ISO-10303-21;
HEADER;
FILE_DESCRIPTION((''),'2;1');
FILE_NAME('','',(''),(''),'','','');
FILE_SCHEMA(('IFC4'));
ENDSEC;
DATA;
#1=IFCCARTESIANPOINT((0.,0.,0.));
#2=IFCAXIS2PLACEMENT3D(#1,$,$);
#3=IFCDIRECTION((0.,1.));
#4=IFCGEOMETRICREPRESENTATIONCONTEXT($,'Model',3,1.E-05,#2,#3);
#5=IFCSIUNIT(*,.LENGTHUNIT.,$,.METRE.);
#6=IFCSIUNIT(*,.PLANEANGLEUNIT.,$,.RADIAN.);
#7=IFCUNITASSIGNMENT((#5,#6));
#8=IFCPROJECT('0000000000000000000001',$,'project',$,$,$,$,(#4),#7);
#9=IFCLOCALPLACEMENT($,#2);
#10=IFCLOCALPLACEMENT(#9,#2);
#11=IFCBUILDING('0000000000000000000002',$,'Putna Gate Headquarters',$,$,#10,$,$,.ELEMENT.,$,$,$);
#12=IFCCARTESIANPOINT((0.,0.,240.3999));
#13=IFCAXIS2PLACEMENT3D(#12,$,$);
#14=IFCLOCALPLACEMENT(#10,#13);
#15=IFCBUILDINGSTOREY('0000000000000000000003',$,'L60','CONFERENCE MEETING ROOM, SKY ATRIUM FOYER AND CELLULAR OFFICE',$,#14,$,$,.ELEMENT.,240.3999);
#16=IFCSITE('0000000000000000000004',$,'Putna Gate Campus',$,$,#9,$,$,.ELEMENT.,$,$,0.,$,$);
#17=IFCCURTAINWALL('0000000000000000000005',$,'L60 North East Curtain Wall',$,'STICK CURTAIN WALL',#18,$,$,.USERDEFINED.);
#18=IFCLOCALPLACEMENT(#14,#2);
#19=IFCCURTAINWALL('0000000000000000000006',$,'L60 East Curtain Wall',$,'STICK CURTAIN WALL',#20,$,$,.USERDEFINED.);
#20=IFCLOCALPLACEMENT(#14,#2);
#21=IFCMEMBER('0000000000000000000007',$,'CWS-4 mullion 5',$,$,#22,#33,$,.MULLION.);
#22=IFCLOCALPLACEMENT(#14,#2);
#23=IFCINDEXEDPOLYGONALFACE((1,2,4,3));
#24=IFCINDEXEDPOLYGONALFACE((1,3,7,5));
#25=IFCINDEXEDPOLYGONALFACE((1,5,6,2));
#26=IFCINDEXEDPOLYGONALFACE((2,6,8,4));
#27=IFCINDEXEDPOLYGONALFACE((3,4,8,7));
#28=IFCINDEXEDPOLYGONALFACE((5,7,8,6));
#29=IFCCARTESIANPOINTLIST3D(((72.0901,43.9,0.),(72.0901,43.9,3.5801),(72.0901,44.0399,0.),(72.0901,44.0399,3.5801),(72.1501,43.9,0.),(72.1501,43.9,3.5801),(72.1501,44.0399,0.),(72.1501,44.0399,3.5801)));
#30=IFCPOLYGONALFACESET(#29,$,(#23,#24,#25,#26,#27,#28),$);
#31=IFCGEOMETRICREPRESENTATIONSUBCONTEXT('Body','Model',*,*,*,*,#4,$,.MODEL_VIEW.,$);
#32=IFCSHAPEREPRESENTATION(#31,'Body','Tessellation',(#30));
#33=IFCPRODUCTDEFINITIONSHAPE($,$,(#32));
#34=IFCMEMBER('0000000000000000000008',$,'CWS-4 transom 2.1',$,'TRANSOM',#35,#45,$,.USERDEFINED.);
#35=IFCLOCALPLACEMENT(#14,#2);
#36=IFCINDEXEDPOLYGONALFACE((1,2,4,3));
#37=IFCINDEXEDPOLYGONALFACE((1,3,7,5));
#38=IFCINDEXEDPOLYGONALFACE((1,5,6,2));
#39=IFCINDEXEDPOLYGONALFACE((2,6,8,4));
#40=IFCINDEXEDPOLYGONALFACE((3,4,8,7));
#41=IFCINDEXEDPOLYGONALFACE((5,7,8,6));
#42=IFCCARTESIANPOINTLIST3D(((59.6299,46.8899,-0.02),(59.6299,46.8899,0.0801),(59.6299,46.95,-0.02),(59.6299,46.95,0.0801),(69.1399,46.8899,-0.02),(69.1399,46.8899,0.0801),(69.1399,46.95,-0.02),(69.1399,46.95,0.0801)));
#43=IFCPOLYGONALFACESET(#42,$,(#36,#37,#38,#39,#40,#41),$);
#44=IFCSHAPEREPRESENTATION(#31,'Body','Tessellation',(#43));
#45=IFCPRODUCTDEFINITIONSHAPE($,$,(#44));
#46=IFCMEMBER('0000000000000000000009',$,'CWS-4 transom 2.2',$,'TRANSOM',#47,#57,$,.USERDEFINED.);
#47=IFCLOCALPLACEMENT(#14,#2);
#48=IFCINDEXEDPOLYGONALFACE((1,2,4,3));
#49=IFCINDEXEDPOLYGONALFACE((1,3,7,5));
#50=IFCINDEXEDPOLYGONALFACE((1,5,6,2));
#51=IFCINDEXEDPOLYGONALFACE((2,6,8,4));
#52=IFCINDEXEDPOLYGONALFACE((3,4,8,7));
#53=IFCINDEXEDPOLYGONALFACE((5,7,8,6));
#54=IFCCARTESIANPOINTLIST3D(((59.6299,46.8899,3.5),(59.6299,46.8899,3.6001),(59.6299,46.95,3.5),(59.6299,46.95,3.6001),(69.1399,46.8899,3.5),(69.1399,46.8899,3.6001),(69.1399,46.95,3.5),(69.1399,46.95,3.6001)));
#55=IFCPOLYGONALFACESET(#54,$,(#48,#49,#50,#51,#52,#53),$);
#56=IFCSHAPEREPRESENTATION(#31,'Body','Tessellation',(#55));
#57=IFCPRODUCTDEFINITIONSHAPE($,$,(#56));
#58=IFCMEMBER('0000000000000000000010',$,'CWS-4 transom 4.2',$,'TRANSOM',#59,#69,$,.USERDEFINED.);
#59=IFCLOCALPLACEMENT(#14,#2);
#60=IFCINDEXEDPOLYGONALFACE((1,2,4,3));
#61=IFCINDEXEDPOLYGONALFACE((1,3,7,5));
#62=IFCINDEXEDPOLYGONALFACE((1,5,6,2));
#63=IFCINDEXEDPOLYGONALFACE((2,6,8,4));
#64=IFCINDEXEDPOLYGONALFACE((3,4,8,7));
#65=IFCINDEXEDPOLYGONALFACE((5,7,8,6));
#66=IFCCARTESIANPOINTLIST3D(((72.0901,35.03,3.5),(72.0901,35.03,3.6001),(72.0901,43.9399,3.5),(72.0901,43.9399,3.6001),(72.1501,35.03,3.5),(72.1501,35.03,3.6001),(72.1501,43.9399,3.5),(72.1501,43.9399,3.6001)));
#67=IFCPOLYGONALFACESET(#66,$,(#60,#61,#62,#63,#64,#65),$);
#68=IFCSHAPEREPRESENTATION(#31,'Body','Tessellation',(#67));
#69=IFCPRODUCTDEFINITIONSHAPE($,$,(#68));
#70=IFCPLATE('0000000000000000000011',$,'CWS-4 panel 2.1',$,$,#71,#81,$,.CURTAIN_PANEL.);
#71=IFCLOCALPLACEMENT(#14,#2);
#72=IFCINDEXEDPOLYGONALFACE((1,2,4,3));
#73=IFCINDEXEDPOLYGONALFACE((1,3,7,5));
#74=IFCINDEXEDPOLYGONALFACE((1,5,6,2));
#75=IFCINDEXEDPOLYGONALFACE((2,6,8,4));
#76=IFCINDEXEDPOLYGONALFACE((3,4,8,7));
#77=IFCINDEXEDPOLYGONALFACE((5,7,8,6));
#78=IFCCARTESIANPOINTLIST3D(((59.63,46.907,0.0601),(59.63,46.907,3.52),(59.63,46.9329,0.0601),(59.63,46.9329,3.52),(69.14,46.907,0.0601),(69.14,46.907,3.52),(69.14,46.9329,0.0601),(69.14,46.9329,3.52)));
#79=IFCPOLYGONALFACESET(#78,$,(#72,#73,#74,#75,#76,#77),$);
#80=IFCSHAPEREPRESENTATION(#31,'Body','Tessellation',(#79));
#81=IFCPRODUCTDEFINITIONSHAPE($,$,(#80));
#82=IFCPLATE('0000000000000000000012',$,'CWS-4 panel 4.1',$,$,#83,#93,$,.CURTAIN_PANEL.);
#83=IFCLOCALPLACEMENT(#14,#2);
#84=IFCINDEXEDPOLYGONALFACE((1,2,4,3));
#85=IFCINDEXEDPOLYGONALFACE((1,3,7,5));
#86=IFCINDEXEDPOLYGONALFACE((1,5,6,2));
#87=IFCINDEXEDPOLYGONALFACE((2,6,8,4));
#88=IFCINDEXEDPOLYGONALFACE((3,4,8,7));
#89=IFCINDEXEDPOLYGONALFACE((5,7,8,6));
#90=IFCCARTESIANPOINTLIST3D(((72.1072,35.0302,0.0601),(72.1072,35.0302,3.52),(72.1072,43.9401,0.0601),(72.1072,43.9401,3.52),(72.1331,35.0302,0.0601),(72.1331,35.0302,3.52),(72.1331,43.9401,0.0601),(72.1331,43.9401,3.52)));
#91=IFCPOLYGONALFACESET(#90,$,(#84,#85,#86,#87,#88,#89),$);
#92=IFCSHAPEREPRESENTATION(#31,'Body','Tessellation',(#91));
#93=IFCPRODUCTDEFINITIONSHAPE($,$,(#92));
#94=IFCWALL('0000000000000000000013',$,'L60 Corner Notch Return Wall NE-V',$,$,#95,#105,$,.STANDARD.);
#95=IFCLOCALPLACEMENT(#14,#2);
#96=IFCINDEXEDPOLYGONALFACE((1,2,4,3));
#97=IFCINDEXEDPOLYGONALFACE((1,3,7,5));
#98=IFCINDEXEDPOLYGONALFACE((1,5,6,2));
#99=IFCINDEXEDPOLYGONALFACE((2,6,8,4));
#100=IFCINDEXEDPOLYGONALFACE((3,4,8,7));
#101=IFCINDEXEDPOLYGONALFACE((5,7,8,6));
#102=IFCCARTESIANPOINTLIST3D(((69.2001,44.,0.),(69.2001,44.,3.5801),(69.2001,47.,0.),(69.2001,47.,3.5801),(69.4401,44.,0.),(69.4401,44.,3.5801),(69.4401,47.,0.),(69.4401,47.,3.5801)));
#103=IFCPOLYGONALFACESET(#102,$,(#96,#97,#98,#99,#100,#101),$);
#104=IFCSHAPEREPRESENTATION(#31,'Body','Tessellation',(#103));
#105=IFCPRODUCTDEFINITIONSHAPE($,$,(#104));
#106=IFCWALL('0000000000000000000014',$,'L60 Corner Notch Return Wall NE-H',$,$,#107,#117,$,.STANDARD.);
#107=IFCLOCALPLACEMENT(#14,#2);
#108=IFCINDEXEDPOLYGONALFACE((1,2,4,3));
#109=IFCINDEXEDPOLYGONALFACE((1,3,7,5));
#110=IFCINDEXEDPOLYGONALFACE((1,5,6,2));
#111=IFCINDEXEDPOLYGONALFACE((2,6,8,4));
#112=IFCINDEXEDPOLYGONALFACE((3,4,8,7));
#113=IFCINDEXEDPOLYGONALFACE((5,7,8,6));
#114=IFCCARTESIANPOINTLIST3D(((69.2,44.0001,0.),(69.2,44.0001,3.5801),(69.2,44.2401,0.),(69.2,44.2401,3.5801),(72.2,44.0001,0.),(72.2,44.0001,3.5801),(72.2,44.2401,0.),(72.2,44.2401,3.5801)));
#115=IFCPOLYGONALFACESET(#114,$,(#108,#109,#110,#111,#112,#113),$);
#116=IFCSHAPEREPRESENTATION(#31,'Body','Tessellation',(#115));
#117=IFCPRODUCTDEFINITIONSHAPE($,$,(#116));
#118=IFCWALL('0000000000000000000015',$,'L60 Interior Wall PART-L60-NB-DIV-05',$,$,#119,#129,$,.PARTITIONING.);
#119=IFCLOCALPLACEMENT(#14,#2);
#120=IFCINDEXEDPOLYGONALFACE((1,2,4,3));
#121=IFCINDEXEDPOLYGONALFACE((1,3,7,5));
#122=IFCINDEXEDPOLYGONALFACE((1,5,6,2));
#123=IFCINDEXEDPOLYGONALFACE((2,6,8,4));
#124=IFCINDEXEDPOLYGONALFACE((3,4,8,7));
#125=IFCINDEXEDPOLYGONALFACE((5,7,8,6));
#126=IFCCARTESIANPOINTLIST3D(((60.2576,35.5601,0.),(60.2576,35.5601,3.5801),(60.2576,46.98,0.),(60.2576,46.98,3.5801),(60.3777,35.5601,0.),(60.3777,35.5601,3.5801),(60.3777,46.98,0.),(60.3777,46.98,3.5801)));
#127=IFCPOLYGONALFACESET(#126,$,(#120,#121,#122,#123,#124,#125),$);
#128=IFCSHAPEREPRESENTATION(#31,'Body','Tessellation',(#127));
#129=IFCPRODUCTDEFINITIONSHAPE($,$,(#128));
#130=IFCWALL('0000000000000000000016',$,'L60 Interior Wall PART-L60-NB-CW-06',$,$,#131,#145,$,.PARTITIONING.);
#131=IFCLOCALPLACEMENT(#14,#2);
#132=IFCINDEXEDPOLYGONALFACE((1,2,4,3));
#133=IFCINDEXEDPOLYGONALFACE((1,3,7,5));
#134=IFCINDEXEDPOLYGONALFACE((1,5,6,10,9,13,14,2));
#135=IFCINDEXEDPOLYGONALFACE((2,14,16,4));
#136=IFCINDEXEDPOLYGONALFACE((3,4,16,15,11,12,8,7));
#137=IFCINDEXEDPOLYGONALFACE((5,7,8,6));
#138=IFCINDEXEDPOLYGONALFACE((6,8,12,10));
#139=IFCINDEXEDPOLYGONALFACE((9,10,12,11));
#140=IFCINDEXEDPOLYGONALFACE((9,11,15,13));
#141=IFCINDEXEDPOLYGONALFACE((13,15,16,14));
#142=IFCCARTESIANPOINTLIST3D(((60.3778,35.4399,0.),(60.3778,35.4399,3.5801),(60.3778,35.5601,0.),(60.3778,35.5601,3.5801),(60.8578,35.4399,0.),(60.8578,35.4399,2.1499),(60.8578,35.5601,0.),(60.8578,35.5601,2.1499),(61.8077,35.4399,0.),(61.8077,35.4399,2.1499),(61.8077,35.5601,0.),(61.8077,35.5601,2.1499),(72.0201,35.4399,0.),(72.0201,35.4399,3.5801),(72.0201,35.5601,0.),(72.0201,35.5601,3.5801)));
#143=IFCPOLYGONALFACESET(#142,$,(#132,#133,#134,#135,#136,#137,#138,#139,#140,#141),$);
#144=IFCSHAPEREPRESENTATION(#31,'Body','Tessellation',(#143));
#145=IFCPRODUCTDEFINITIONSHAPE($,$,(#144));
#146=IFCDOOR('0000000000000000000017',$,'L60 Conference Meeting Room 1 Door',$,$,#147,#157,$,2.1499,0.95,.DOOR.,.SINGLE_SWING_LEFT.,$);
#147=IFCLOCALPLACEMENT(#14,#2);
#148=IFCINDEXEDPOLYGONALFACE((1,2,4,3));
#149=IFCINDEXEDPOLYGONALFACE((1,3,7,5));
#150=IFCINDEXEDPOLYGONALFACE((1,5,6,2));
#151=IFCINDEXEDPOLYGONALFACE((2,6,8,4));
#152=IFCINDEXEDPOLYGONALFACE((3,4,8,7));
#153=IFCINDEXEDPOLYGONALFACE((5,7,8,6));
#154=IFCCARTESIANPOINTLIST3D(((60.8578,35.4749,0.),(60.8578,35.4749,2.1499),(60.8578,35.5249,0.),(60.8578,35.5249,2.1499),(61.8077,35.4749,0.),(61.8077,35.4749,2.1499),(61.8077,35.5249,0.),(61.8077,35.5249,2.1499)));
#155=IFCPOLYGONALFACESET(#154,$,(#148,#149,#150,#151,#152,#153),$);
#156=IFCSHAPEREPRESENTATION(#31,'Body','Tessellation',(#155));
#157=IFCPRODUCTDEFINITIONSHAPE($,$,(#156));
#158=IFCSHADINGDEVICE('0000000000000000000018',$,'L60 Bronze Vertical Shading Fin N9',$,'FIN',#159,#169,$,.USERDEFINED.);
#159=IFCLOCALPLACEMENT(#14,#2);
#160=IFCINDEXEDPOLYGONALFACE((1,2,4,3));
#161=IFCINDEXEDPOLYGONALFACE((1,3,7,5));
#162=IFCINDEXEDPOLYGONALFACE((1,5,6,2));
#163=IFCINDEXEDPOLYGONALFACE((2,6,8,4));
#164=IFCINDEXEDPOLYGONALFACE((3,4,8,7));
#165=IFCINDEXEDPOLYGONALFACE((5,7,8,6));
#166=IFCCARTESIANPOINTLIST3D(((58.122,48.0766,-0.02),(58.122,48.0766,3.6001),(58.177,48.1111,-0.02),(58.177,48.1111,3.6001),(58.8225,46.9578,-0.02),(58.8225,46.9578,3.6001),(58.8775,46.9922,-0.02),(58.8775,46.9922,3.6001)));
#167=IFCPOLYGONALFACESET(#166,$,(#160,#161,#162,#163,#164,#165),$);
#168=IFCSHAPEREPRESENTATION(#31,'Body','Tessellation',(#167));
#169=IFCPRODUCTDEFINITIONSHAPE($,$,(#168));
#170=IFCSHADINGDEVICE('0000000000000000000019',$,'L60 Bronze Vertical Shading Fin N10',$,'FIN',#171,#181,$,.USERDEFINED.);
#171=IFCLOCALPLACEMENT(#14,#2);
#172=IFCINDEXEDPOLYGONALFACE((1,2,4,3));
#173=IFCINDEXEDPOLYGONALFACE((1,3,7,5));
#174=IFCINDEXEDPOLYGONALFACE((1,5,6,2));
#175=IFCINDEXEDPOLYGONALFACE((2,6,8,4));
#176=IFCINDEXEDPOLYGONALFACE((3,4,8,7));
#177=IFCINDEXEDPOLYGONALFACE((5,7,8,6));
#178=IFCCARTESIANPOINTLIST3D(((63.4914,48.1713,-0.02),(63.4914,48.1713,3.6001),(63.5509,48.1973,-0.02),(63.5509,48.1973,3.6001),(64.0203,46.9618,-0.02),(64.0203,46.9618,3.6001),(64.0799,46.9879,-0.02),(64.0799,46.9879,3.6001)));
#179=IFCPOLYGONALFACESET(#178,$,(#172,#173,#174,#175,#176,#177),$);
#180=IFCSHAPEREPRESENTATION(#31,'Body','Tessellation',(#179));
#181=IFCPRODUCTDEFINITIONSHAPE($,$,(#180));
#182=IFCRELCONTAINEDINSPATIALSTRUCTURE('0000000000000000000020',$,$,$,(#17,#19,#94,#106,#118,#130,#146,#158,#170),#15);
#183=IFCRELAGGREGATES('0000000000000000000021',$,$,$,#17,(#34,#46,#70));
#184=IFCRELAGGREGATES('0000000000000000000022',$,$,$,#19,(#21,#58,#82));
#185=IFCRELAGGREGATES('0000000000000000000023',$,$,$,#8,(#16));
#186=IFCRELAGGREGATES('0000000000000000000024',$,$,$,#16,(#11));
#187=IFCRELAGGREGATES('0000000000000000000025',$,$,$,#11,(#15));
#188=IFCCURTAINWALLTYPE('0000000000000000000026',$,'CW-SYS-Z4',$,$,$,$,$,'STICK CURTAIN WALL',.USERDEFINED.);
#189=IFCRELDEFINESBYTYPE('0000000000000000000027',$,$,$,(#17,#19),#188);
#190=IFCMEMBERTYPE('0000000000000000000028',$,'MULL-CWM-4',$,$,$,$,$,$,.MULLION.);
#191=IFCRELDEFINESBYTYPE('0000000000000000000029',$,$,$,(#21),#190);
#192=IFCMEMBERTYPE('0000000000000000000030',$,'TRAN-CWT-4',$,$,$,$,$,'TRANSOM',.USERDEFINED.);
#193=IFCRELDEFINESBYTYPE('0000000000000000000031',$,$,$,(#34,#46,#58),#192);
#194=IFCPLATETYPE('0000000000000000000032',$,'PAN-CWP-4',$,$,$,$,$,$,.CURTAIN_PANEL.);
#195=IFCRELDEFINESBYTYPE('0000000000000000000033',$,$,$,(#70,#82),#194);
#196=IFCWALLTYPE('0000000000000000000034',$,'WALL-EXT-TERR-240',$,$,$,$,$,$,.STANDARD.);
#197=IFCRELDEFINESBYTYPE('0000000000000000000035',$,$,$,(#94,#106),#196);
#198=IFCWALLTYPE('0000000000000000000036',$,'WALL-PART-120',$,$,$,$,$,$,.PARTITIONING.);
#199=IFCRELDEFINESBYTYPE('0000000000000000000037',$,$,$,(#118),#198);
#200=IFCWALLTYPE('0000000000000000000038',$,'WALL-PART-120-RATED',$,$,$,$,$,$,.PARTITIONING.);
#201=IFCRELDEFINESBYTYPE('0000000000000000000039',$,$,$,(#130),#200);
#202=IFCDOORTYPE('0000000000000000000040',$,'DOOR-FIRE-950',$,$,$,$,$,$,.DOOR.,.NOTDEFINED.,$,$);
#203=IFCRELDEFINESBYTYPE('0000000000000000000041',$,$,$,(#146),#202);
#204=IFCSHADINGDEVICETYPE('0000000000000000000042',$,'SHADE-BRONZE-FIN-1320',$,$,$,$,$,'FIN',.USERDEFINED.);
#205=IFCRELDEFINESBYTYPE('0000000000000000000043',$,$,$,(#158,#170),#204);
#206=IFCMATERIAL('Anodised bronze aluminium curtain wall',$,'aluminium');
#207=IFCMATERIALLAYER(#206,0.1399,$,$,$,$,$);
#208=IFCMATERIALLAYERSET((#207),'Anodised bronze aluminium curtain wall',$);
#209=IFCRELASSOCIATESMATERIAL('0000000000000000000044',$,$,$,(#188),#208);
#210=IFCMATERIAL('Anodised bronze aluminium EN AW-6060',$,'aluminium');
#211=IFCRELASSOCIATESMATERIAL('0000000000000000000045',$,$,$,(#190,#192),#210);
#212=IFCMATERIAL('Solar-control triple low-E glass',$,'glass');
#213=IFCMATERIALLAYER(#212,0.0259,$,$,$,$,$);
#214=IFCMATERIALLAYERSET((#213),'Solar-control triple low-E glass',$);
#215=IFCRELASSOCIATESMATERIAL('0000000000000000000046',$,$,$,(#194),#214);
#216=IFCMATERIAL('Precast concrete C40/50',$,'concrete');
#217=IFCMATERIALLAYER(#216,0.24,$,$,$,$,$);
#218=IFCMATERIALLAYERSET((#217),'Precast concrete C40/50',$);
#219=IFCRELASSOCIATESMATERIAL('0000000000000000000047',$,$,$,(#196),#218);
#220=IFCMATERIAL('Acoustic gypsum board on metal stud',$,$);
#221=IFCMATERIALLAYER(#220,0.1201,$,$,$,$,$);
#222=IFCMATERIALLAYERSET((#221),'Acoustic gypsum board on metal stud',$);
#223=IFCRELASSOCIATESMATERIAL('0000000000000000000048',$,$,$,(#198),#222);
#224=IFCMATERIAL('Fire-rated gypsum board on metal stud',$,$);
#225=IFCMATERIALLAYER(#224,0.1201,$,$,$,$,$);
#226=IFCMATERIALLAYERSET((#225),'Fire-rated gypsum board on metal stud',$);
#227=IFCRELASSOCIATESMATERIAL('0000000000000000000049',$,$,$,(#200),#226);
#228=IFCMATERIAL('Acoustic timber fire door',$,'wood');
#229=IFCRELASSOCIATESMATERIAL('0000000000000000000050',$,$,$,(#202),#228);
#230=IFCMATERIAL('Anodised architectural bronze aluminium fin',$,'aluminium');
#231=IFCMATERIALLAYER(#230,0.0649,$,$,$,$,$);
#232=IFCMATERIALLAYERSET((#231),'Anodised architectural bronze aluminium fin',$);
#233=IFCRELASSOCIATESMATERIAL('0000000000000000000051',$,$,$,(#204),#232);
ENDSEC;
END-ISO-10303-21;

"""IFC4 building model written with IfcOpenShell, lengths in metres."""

from ifc_helpers import new_model, si_unit, direction, frame, frame_2d, origin, origin_2d, place, context, subcontext, project, spatial, rectangle, extrude, material, layer, layer_set, material_profile, profile_set, type_object, element, fill, aggregate, save


model = new_model("IFC4")

# Units and contexts
model_context = context("Model", 3, precision=1e-05, world=origin(), true_north=direction((0.0, 1.0)))
body_context = subcontext(model_context, "Body", "Model", "MODEL_VIEW")
ifc_project = project(units=[si_unit("LENGTHUNIT", "METRE"), si_unit("PLANEANGLEUNIT", "RADIAN")], contexts=[model_context])

# Site, building, storey
site_placement = place(None, origin())
site = spatial("IfcSite", under=ifc_project, at=site_placement, Name="Putna Gate Campus", CompositionType="ELEMENT", RefElevation=0.0)
building_placement = place(site_placement, origin())
building = spatial("IfcBuilding", under=site, at=building_placement, Name="Putna Gate Headquarters", CompositionType="ELEMENT")
storey_placement = place(building_placement, frame((0.0, 0.0, 240.3999)))
storey = spatial("IfcBuildingStorey", under=building, at=storey_placement, Name="L60", Description="CONFERENCE MEETING ROOM, SKY ATRIUM FOYER AND CELLULAR OFFICE", CompositionType="ELEMENT", Elevation=240.3999)

# Curtain wall
ifc_material_1 = material(Name="Anodised bronze aluminium curtain wall", Category="aluminium")
ifc_layer_1 = layer(ifc_material_1, 0.1399)
ifc_layer_set_1 = layer_set([ifc_layer_1], Name="Anodised bronze aluminium curtain wall")
curtain_wall_type = type_object("IfcCurtainWallType", Name="CW-SYS-Z4", ElementType="STICK CURTAIN WALL", PredefinedType="USERDEFINED", material=ifc_layer_set_1)
curtain_wall_1_placement = place(storey_placement, origin())
curtain_wall_1 = element("IfcCurtainWall", 1, at=curtain_wall_1_placement, inside=storey, type_object=curtain_wall_type, Name="L60 North East Curtain Wall", ObjectType="STICK CURTAIN WALL", PredefinedType="USERDEFINED")
ifc_material_2 = material(Name="Anodised bronze aluminium EN AW-6060", Category="aluminium")
ifc_material_profile_1 = material_profile(ifc_material_2, rectangle(XDim=0.0601, YDim=0.1399, at=origin_2d()), Name="Anodised bronze aluminium EN AW-6060")
ifc_profile_set_1 = profile_set([ifc_material_profile_1], Name="Anodised bronze aluminium EN AW-6060")
member_type_1 = type_object("IfcMemberType", Name="MULL-CWM-4", PredefinedType="MULLION", material=ifc_profile_set_1)

# Curtain wall, member
curtain_wall_2_placement = place(storey_placement, origin())
curtain_wall_2 = element("IfcCurtainWall", 2, at=curtain_wall_2_placement, inside=storey, type_object=curtain_wall_type, Name="L60 East Curtain Wall", ObjectType="STICK CURTAIN WALL", PredefinedType="USERDEFINED")
member_1_placement = place(storey_placement, frame((72.1201, 43.97, 0.0), z_axis=(0.0, 0.0, 1.0), x_axis=(-1.0, 0.0, 0.0)))
member_1 = element("IfcMember", 3, at=member_1_placement, type_object=member_type_1, Name="CWS-4 mullion 5", PredefinedType="MULLION", context=body_context, shape_type="SweptSolid", body=[
    extrude(rectangle(XDim=0.0601, YDim=0.1399, at=origin_2d()), origin(), (0.0, 0.0, 1.0), 3.5801),
])

# Members
ifc_material_profile_2 = material_profile(ifc_material_2, rectangle(XDim=0.0601, YDim=0.1001, at=origin_2d()), Name="Anodised bronze aluminium EN AW-6060")
ifc_profile_set_2 = profile_set([ifc_material_profile_2], Name="Anodised bronze aluminium EN AW-6060")
member_type_2 = type_object("IfcMemberType", Name="TRAN-CWT-4", ElementType="TRANSOM", PredefinedType="USERDEFINED", material=ifc_profile_set_2)
member_2_placement = place(storey_placement, frame((59.6299, 46.9199, 0.03), z_axis=(1.0, 0.0, 0.0), x_axis=(0.0, 1.0, 0.0)))
member_2 = element("IfcMember", 4, at=member_2_placement, type_object=member_type_2, Name="CWS-4 transom 2.1", ObjectType="TRANSOM", PredefinedType="USERDEFINED", context=body_context, shape_type="SweptSolid", body=[
    extrude(rectangle(XDim=0.0601, YDim=0.1001, at=origin_2d()), origin(), (0.0, 0.0, 1.0), 9.51),
])
member_3_placement = place(storey_placement, frame((59.6299, 46.9199, 3.55), z_axis=(1.0, 0.0, 0.0), x_axis=(0.0, 1.0, 0.0)))
member_3 = element("IfcMember", 5, at=member_3_placement, type_object=member_type_2, Name="CWS-4 transom 2.2", ObjectType="TRANSOM", PredefinedType="USERDEFINED", context=body_context, shape_type="SweptSolid", body=[
    extrude(rectangle(XDim=0.0601, YDim=0.1001, at=origin_2d()), origin(), (0.0, 0.0, 1.0), 9.51),
])
member_4_placement = place(storey_placement, frame((72.1201, 35.03, 3.55), z_axis=(0.0, 1.0, 0.0), x_axis=(-1.0, 0.0, 0.0)))
member_4 = element("IfcMember", 6, at=member_4_placement, type_object=member_type_2, Name="CWS-4 transom 4.2", ObjectType="TRANSOM", PredefinedType="USERDEFINED", context=body_context, shape_type="SweptSolid", body=[
    extrude(rectangle(XDim=0.0601, YDim=0.1001, at=origin_2d()), origin(), (0.0, 0.0, 1.0), 8.9099),
])

# Plates
ifc_material_3 = material(Name="Solar-control triple low-E glass", Category="glass")
ifc_layer_2 = layer(ifc_material_3, 0.0259)
ifc_layer_set_2 = layer_set([ifc_layer_2], Name="Solar-control triple low-E glass")
plate_type = type_object("IfcPlateType", Name="PAN-CWP-4", PredefinedType="CURTAIN_PANEL", material=ifc_layer_set_2)
plate_1_placement = place(storey_placement, frame((64.385, 46.9199, 0.0601), z_axis=(0.0, 0.0, 1.0), x_axis=(1.0, 0.0, 0.0)))
plate_1 = element("IfcPlate", 7, at=plate_1_placement, type_object=plate_type, Name="CWS-4 panel 2.1", PredefinedType="CURTAIN_PANEL", context=body_context, shape_type="SweptSolid", body=[
    extrude(rectangle(XDim=9.51, YDim=0.0259, at=origin_2d()), origin(), (0.0, 0.0, 1.0), 3.46),
])
aggregate(curtain_wall_1, [member_2, member_3, plate_1])
plate_2_placement = place(storey_placement, frame((72.1201, 39.4851, 0.0601), z_axis=(0.0, 0.0, 1.0), x_axis=(0.0, 1.0, 0.0)))
plate_2 = element("IfcPlate", 8, at=plate_2_placement, type_object=plate_type, Name="CWS-4 panel 4.1", PredefinedType="CURTAIN_PANEL", context=body_context, shape_type="SweptSolid", body=[
    extrude(rectangle(XDim=8.9099, YDim=0.0259, at=origin_2d()), origin(), (0.0, 0.0, 1.0), 3.46),
])
aggregate(curtain_wall_2, [member_1, member_4, plate_2])

# Walls
ifc_material_4 = material(Name="Precast concrete C40/50", Category="concrete")
ifc_layer_3 = layer(ifc_material_4, 0.24)
ifc_layer_set_3 = layer_set([ifc_layer_3], Name="Precast concrete C40/50")
wall_type_1 = type_object("IfcWallType", Name="WALL-EXT-TERR-240", PredefinedType="STANDARD", material=ifc_layer_set_3)
for number, where, z_axis, x_axis, name in (
    (9, (69.3201, 47.0, 0.0), (0.0, 0.0, 1.0), (0.0, -1.0, 0.0), "L60 Corner Notch Return Wall NE-V"),
    (10, (69.2, 44.1201, 0.0), (0.0, 0.0, 1.0), (1.0, 0.0, 0.0), "L60 Corner Notch Return Wall NE-H"),
):
    element("IfcWall", number, at=place(storey_placement, frame(where, z_axis=z_axis, x_axis=x_axis)), inside=storey, type_object=wall_type_1, Name=name, PredefinedType="STANDARD", context=body_context, shape_type="SweptSolid", body=[
        extrude(rectangle(XDim=3.0, YDim=0.24, at=frame_2d((1.5, 0.0))), origin(), (0.0, 0.0, 1.0), 3.5801),
    ])
ifc_material_5 = material(Name="Acoustic gypsum board on metal stud")
ifc_layer_4 = layer(ifc_material_5, 0.1201)
ifc_layer_set_4 = layer_set([ifc_layer_4], Name="Acoustic gypsum board on metal stud")
wall_type_2 = type_object("IfcWallType", Name="WALL-PART-120", PredefinedType="PARTITIONING", material=ifc_layer_set_4)
wall_1_placement = place(storey_placement, frame((60.3176, 35.5601, 0.0), z_axis=(0.0, 0.0, 1.0), x_axis=(0.0, 1.0, 0.0)))
element("IfcWall", 11, at=wall_1_placement, inside=storey, type_object=wall_type_2, Name="L60 Interior Wall PART-L60-NB-DIV-05", PredefinedType="PARTITIONING", context=body_context, shape_type="SweptSolid", body=[
    extrude(rectangle(XDim=11.4199, YDim=0.1201, at=frame_2d((5.71, 0.0))), origin(), (0.0, 0.0, 1.0), 3.5801),
])

# Wall, opening, door
ifc_material_6 = material(Name="Fire-rated gypsum board on metal stud")
ifc_layer_5 = layer(ifc_material_6, 0.1201)
ifc_layer_set_5 = layer_set([ifc_layer_5], Name="Fire-rated gypsum board on metal stud")
wall_type_3 = type_object("IfcWallType", Name="WALL-PART-120-RATED", PredefinedType="PARTITIONING", material=ifc_layer_set_5)
wall_2_placement = place(storey_placement, frame((60.3777, 35.5, 0.0), z_axis=(0.0, 0.0, 1.0), x_axis=(1.0, 0.0, 0.0)))
wall_2 = element("IfcWall", 12, at=wall_2_placement, inside=storey, type_object=wall_type_3, Name="L60 Interior Wall PART-L60-NB-CW-06", PredefinedType="PARTITIONING", context=body_context, shape_type="SweptSolid", body=[
    extrude(rectangle(XDim=11.6423, YDim=0.1201, at=frame_2d((5.8213, 0.0))), origin(), (0.0, 0.0, 1.0), 3.5801),
])
opening_placement = place(wall_2_placement, frame((0.48, 0.0, 0.0)))
opening = element("IfcOpeningElement", 13, at=opening_placement, cuts=wall_2, PredefinedType="OPENING", context=body_context, shape_type="SweptSolid", body=[
    extrude(rectangle(XDim=0.95, YDim=2.1499, at=frame_2d((0.4751, 1.075))), frame((0.0, 0.0701, 0.0), z_axis=(0.0, -1.0, 0.0), x_axis=(1.0, 0.0, 0.0)), (0.0, 0.0, 1.0), 0.1401),
])
ifc_material_7 = material(Name="Acoustic timber fire door", Category="wood")
door_type = type_object("IfcDoorType", Name="DOOR-FIRE-950", OperationType="NOTDEFINED", PredefinedType="DOOR", material=ifc_material_7)
door_placement = place(opening_placement, origin())
door = element("IfcDoor", 14, at=door_placement, inside=storey, type_object=door_type, Name="L60 Conference Meeting Room 1 Door", OperationType="SINGLE_SWING_LEFT", OverallHeight=2.1499, OverallWidth=0.95, PredefinedType="DOOR", context=body_context, shape_type="SweptSolid", body=[
    extrude(rectangle(XDim=0.95, YDim=2.1499, at=frame_2d((0.4751, 1.075))), frame((0.0, 0.0249, 0.0), z_axis=(0.0, -1.0, 0.0), x_axis=(1.0, 0.0, 0.0)), (0.0, 0.0, 1.0), 0.05),
])
fill(opening, door)

# Shading devices
ifc_material_8 = material(Name="Anodised architectural bronze aluminium fin", Category="aluminium")
ifc_layer_6 = layer(ifc_material_8, 0.0649)
ifc_layer_set_6 = layer_set([ifc_layer_6], Name="Anodised architectural bronze aluminium fin")
shading_device_type = type_object("IfcShadingDeviceType", Name="SHADE-BRONZE-FIN-1320", ElementType="FIN", PredefinedType="USERDEFINED", material=ifc_layer_set_6)
for number, where, z_axis, x_axis, name in (
    (15, (58.4998, 47.5344, -0.02), (0.0, 0.0, 1.0), (-0.530659, 0.847585, 0.0), "L60 Bronze Vertical Shading Fin N9"),
    (16, (63.7856, 47.5796, -0.02), (0.0, 0.0, 1.0), (-0.400669, 0.916223, 0.0), "L60 Bronze Vertical Shading Fin N10"),
):
    element("IfcShadingDevice", number, at=place(storey_placement, frame(where, z_axis=z_axis, x_axis=x_axis)), inside=storey, type_object=shading_device_type, Name=name, ObjectType="FIN", PredefinedType="USERDEFINED", context=body_context, shape_type="SweptSolid", body=[
        extrude(rectangle(XDim=1.3201, YDim=0.0649, at=origin_2d()), origin(), (0.0, 0.0, 1.0), 3.6201),
    ])

save(model, "model.ifc")
